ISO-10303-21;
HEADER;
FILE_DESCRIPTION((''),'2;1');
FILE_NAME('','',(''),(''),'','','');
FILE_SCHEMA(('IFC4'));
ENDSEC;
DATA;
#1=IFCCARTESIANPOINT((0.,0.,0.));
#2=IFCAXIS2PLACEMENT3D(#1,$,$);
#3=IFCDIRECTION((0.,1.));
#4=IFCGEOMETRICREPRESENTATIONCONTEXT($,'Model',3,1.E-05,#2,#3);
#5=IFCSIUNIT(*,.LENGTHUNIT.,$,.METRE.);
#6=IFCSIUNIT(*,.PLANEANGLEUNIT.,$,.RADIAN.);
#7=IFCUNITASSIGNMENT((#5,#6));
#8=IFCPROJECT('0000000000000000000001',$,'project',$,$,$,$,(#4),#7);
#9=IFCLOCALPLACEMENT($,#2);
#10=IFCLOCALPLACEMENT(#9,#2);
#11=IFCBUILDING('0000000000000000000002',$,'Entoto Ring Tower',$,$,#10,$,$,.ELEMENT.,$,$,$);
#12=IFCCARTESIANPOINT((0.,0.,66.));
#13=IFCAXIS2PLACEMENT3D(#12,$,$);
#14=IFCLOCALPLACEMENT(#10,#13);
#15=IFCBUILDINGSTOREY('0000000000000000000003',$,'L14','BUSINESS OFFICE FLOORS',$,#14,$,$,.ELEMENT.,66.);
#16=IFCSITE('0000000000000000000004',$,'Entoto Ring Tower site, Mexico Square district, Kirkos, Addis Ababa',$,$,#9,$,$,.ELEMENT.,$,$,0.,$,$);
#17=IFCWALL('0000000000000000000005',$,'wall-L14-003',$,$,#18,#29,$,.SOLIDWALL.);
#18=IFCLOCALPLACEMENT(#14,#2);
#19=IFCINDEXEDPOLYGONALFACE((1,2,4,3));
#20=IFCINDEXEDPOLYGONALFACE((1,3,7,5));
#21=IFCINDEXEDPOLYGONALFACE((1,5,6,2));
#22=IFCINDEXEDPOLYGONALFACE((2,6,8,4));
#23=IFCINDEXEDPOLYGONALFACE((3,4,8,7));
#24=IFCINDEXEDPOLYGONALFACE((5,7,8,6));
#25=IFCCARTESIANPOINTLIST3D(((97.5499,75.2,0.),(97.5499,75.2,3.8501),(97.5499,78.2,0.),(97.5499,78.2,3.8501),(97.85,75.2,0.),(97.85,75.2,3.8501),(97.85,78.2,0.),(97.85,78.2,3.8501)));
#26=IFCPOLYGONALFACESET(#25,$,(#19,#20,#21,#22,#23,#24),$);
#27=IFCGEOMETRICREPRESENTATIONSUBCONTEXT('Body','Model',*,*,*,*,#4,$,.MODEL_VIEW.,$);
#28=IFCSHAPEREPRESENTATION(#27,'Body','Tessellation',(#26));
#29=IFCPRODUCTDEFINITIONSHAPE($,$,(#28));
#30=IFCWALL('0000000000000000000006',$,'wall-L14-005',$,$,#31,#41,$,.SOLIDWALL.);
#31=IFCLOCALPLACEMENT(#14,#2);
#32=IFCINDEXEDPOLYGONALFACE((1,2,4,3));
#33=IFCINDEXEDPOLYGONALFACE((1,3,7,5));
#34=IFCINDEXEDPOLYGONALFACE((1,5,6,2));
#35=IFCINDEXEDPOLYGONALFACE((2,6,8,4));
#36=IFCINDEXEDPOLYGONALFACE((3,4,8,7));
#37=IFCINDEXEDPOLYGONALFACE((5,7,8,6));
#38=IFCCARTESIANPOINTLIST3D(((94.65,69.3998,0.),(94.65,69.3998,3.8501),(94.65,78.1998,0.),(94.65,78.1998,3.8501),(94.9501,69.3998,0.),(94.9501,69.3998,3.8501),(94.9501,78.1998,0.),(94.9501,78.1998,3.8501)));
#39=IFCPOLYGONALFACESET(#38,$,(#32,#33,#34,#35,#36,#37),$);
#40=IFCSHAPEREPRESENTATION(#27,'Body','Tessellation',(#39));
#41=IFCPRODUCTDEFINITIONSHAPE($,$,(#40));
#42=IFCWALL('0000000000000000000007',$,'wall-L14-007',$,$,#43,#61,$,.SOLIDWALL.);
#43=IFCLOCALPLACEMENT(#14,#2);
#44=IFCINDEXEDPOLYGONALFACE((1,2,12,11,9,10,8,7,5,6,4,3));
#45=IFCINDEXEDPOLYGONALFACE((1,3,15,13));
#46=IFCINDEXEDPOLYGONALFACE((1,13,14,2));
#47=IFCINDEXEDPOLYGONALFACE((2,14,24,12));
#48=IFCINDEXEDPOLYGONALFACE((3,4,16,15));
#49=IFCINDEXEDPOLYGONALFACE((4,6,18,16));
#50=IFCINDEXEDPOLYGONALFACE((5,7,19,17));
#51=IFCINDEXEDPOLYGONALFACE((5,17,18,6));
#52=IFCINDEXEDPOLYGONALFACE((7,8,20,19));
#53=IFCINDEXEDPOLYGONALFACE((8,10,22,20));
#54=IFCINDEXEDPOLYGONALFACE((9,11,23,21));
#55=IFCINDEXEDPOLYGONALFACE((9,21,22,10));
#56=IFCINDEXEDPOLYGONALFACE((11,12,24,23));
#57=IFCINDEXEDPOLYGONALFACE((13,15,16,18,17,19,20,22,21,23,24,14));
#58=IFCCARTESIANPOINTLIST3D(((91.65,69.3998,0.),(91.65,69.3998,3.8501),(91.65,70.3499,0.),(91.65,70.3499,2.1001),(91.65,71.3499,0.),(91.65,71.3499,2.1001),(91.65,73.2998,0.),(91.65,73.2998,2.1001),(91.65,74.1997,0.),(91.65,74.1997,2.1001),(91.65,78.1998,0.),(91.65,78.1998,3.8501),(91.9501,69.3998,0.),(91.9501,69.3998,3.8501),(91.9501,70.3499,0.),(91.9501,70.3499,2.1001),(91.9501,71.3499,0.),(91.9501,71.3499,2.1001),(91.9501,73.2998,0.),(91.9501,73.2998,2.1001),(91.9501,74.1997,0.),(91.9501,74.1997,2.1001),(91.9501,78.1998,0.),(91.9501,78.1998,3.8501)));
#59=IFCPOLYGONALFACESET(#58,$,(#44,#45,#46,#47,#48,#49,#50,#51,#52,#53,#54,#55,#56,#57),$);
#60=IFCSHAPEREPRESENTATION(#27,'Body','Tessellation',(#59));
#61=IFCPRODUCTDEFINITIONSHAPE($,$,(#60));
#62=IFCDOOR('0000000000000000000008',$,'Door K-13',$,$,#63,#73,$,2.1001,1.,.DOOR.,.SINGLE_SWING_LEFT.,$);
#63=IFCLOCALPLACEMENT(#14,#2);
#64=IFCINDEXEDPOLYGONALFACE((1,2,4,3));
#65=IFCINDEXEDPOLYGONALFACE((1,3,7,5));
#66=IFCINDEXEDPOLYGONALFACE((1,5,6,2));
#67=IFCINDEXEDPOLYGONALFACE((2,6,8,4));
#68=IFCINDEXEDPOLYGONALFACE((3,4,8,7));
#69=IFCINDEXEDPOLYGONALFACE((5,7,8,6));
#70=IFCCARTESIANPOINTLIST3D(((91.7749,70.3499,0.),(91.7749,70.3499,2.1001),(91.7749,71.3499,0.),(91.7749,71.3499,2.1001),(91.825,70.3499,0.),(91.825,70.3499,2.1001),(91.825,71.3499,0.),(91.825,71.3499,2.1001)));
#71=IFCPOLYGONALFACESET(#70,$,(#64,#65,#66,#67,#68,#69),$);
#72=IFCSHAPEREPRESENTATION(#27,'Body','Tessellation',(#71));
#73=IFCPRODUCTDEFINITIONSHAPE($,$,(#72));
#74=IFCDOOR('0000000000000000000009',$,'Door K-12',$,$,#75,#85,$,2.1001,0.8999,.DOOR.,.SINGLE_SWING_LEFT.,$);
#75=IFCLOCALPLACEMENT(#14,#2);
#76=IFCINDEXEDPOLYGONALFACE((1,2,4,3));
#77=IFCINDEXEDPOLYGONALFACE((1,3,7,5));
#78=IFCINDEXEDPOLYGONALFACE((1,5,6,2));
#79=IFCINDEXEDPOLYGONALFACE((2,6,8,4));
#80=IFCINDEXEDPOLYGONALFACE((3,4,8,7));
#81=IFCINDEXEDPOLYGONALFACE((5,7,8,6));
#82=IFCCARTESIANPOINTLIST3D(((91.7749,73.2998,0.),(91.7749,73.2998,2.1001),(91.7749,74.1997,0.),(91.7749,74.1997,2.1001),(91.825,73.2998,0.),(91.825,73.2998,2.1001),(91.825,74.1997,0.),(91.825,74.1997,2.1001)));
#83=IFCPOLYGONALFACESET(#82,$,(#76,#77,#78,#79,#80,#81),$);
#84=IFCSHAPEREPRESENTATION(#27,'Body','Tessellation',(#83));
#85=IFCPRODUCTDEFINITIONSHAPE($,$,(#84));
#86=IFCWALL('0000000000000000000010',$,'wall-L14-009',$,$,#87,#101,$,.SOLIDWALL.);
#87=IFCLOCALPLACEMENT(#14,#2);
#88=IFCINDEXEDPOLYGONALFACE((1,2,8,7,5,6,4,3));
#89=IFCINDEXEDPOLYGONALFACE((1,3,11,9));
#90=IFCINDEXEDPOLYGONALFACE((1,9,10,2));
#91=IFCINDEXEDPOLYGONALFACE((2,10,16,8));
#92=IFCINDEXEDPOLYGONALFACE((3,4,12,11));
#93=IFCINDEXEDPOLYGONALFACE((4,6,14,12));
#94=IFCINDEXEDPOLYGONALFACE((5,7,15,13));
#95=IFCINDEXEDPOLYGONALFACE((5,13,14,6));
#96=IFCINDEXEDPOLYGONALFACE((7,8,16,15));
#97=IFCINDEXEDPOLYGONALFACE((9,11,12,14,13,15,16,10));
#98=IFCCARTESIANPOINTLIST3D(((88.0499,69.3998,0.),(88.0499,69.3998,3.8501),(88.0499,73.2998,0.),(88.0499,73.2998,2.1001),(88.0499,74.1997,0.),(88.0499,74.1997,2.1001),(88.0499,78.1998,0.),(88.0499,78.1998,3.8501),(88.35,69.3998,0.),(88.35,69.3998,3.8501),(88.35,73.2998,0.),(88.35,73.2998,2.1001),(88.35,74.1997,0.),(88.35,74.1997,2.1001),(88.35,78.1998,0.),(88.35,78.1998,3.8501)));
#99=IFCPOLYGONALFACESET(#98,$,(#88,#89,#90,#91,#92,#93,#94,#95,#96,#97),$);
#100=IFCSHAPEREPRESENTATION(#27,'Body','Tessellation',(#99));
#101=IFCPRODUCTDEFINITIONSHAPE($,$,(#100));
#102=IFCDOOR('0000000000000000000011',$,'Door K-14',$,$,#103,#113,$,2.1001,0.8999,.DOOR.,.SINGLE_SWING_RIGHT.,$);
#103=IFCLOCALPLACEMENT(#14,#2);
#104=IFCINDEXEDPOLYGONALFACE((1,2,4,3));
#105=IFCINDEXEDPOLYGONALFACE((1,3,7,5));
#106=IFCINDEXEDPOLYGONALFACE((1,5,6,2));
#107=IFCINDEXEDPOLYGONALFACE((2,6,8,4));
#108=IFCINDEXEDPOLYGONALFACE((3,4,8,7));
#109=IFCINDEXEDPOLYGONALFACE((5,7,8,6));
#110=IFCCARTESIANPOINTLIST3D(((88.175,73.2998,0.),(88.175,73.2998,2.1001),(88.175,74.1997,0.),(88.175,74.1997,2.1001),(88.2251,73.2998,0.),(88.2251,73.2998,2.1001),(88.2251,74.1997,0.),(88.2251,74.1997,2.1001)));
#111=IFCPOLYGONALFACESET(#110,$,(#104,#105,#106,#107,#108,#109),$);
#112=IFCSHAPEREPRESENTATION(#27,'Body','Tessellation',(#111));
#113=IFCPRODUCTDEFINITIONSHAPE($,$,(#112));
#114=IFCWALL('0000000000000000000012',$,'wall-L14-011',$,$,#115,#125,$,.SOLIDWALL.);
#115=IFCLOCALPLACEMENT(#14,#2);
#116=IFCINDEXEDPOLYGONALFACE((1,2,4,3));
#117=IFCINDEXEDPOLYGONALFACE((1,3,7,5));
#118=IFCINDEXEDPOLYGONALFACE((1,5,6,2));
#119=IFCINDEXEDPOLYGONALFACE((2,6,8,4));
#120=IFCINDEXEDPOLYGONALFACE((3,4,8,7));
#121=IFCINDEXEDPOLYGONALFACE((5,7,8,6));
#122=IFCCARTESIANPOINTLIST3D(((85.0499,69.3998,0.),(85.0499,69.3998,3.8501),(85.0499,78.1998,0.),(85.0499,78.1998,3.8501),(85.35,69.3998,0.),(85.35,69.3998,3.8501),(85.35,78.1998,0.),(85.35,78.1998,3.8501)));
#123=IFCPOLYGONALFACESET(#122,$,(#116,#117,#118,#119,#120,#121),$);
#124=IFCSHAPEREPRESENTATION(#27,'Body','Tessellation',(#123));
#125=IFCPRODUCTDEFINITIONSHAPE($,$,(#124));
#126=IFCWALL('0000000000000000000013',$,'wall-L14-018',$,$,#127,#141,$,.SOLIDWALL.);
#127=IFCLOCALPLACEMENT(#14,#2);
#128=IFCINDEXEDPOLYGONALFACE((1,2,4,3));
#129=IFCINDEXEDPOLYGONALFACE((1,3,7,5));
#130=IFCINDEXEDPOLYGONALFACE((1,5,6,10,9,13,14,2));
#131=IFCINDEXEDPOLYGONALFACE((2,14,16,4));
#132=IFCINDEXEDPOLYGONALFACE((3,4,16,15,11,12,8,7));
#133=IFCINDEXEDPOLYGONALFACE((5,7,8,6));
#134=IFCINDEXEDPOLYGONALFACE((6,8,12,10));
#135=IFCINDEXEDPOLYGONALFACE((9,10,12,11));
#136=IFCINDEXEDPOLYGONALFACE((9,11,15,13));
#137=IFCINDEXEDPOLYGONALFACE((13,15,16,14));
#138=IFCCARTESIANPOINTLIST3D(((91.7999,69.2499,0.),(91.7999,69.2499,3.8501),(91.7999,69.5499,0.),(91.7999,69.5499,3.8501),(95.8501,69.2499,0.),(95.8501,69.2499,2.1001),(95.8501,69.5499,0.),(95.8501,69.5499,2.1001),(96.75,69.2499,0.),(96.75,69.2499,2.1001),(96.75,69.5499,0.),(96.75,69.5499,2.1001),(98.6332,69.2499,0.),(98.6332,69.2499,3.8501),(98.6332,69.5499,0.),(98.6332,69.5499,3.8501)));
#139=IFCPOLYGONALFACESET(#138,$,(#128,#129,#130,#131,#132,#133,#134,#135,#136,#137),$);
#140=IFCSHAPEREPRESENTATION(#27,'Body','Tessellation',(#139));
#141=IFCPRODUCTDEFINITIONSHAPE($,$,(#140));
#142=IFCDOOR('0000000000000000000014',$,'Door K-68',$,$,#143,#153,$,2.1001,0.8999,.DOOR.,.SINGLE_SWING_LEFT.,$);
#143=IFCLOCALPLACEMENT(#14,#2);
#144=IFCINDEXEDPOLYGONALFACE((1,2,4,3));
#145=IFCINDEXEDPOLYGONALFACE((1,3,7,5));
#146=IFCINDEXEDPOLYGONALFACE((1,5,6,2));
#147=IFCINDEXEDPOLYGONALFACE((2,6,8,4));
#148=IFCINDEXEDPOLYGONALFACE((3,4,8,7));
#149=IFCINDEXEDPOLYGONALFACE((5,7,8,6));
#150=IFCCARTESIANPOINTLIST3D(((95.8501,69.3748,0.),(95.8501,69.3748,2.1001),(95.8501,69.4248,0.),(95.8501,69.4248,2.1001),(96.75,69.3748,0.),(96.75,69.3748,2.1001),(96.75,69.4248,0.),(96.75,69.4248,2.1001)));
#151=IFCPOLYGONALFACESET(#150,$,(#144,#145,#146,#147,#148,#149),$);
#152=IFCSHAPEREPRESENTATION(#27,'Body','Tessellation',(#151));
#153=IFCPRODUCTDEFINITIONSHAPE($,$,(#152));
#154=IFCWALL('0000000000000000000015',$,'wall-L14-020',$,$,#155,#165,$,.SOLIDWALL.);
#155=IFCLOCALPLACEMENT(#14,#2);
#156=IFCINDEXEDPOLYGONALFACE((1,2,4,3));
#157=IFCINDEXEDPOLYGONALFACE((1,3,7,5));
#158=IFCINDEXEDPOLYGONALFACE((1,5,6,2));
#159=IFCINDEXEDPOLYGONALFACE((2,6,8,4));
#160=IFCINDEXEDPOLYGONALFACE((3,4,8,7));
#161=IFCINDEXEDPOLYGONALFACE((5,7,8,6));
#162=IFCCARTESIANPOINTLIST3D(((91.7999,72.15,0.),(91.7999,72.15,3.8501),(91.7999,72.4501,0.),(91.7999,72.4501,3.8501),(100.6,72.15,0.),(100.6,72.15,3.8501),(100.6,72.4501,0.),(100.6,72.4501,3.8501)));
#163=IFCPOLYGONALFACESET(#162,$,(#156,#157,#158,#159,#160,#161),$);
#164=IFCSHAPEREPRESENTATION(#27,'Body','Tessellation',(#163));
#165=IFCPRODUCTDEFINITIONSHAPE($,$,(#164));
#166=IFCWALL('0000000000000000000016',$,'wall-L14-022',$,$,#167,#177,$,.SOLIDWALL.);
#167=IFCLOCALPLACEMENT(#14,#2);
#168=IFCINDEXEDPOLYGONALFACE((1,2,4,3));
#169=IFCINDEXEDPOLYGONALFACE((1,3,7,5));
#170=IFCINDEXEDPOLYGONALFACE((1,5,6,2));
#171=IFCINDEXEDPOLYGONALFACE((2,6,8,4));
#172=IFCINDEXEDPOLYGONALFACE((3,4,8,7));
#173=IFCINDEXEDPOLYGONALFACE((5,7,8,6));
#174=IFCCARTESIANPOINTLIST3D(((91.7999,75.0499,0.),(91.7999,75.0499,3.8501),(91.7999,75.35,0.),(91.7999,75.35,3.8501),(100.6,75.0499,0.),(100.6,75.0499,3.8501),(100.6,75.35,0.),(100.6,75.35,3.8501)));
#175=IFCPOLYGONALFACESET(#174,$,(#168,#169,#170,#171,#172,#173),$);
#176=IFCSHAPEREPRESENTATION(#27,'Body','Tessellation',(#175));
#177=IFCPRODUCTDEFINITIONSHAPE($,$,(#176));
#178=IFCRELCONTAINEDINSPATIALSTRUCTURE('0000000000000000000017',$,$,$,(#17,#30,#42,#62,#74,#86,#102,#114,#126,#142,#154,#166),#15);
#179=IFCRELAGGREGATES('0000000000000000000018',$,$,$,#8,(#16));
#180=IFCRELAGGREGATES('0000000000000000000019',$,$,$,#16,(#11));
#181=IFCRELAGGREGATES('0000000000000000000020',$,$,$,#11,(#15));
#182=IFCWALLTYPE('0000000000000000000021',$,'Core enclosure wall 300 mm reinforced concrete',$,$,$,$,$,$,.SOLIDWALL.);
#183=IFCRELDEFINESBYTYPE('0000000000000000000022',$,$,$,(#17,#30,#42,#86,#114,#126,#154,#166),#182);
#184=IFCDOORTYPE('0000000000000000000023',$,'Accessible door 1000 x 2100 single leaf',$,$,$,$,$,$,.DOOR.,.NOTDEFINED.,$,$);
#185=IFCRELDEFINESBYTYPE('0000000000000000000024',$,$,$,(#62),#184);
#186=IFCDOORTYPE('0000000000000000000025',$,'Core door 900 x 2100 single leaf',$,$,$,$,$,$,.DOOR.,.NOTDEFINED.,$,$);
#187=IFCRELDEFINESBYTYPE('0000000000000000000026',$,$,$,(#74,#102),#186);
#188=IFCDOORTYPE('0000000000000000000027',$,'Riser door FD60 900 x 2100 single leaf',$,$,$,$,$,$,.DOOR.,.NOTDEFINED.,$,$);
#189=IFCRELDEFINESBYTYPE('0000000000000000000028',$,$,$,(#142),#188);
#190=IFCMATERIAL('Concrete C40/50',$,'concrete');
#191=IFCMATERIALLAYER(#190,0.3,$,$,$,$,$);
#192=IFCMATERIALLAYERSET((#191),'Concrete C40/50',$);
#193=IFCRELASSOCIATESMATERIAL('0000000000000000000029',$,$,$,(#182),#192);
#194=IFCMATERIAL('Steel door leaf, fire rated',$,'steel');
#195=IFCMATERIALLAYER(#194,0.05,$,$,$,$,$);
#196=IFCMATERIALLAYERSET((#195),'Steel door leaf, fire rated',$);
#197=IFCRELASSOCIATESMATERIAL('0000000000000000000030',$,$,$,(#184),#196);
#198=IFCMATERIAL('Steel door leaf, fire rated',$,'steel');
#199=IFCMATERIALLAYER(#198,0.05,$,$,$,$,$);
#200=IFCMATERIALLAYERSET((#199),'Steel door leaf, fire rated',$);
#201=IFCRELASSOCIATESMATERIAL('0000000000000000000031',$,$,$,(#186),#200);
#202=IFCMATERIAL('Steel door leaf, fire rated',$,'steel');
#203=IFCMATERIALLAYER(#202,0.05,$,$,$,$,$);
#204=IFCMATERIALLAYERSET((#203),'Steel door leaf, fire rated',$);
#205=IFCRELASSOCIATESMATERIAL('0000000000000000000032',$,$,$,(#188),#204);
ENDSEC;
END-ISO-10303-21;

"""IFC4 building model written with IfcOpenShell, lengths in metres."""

from ifc_helpers import new_model, si_unit, direction, frame, frame_2d, origin, place, context, subcontext, project, spatial, rectangle, extrude, material, layer, layer_set, type_object, element, fill, save


model = new_model("IFC4")

# Units and contexts
model_context = context("Model", 3, precision=1e-05, world=origin(), true_north=direction((0.0, 1.0)))
body_context = subcontext(model_context, "Body", "Model", "MODEL_VIEW")
ifc_project = project(units=[si_unit("LENGTHUNIT", "METRE"), si_unit("PLANEANGLEUNIT", "RADIAN")], contexts=[model_context])

# Site, building, storey
site_placement = place(None, origin())
site = spatial("IfcSite", under=ifc_project, at=site_placement, Name="Entoto Ring Tower site, Mexico Square district, Kirkos, Addis Ababa", CompositionType="ELEMENT", RefElevation=0.0)
building_placement = place(site_placement, origin())
building = spatial("IfcBuilding", under=site, at=building_placement, Name="Entoto Ring Tower", CompositionType="ELEMENT")
storey_placement = place(building_placement, frame((0.0, 0.0, 66.0)))
storey = spatial("IfcBuildingStorey", under=building, at=storey_placement, Name="L14", Description="BUSINESS OFFICE FLOORS", CompositionType="ELEMENT", Elevation=66.0)

# Walls
ifc_material_1 = material(Name="Concrete C40/50", Category="concrete")
ifc_layer_1 = layer(ifc_material_1, 0.3)
ifc_layer_set_1 = layer_set([ifc_layer_1], Name="Concrete C40/50")
wall_type_1 = type_object("IfcWallType", Name="Core enclosure wall 300 mm reinforced concrete", PredefinedType="SOLIDWALL", material=ifc_layer_set_1)
wall_1_placement = place(storey_placement, frame((97.7, 75.2, 0.0), z_axis=(0.0, 0.0, 1.0), x_axis=(0.0, 1.0, 0.0)))
element("IfcWall", 1, at=wall_1_placement, inside=storey, type_object=wall_type_1, Name="wall-L14-003", PredefinedType="SOLIDWALL", context=body_context, shape_type="SweptSolid", body=[
    extrude(rectangle(XDim=3.0, YDim=0.3, at=frame_2d((1.5, 0.0))), origin(), (0.0, 0.0, 1.0), 3.8501),
])
wall_2_placement = place(storey_placement, frame((94.8, 69.3999, 0.0), z_axis=(0.0, 0.0, 1.0), x_axis=(0.0, 1.0, 0.0)))
element("IfcWall", 2, at=wall_2_placement, inside=storey, type_object=wall_type_1, Name="wall-L14-005", PredefinedType="SOLIDWALL", context=body_context, shape_type="SweptSolid", body=[
    extrude(rectangle(XDim=8.8, YDim=0.3, at=frame_2d((4.3999, 0.0))), origin(), (0.0, 0.0, 1.0), 3.8501),
])

# Wall, openings, doors
wall_3_placement = place(storey_placement, frame((91.8, 69.3999, 0.0), z_axis=(0.0, 0.0, 1.0), x_axis=(0.0, 1.0, 0.0)))
wall_3 = element("IfcWall", 3, at=wall_3_placement, inside=storey, type_object=wall_type_1, Name="wall-L14-007", PredefinedType="SOLIDWALL", context=body_context, shape_type="SweptSolid", body=[
    extrude(rectangle(XDim=8.8, YDim=0.3, at=frame_2d((4.3999, 0.0))), origin(), (0.0, 0.0, 1.0), 3.8501),
])
opening_1_placement = place(wall_3_placement, frame((3.8999, 0.0, 0.0)))
opening_1 = element("IfcOpeningElement", 4, at=opening_1_placement, cuts=wall_3, PredefinedType="OPENING", context=body_context, shape_type="SweptSolid", body=[
    extrude(rectangle(XDim=0.8999, YDim=2.1001, at=frame_2d((0.45, 1.05))), frame((0.0, 0.1602, 0.0), z_axis=(0.0, -1.0, 0.0), x_axis=(1.0, 0.0, 0.0)), (0.0, 0.0, 1.0), 0.3201),
])
opening_2_placement = place(wall_3_placement, frame((0.95, 0.0, 0.0)))
opening_2 = element("IfcOpeningElement", 5, at=opening_2_placement, cuts=wall_3, PredefinedType="OPENING", context=body_context, shape_type="SweptSolid", body=[
    extrude(rectangle(XDim=1.0, YDim=2.1001, at=frame_2d((0.5, 1.05))), frame((0.0, 0.1602, 0.0), z_axis=(0.0, -1.0, 0.0), x_axis=(1.0, 0.0, 0.0)), (0.0, 0.0, 1.0), 0.3201),
])
ifc_material_2 = material(Name="Steel door leaf, fire rated", Category="steel")
ifc_layer_2 = layer(ifc_material_2, 0.05)
ifc_layer_set_2 = layer_set([ifc_layer_2], Name="Steel door leaf, fire rated")
door_type_1 = type_object("IfcDoorType", Name="Accessible door 1000 x 2100 single leaf", OperationType="NOTDEFINED", PredefinedType="DOOR", material=ifc_layer_set_2)
door_1_placement = place(opening_2_placement, frame((1.0, 0.0, 0.0), z_axis=(0.0, 0.0, 1.0), x_axis=(-1.0, 0.0, 0.0)))
door_1 = element("IfcDoor", 6, at=door_1_placement, inside=storey, type_object=door_type_1, Name="Door K-13", OperationType="SINGLE_SWING_LEFT", OverallHeight=2.1001, OverallWidth=1.0, PredefinedType="DOOR", context=body_context, shape_type="SweptSolid", body=[
    extrude(rectangle(XDim=1.0, YDim=2.1001, at=frame_2d((0.5, 1.05))), frame((0.0, 0.0249, 0.0), z_axis=(0.0, -1.0, 0.0), x_axis=(1.0, 0.0, 0.0)), (0.0, 0.0, 1.0), 0.05),
])
fill(opening_2, door_1)
ifc_material_3 = material(Name="Steel door leaf, fire rated", Category="steel")
ifc_layer_3 = layer(ifc_material_3, 0.05)
ifc_layer_set_3 = layer_set([ifc_layer_3], Name="Steel door leaf, fire rated")
door_type_2 = type_object("IfcDoorType", Name="Core door 900 x 2100 single leaf", OperationType="NOTDEFINED", PredefinedType="DOOR", material=ifc_layer_set_3)
door_2_placement = place(opening_1_placement, frame((0.8999, 0.0, 0.0), z_axis=(0.0, 0.0, 1.0), x_axis=(-1.0, 0.0, 0.0)))
door_2 = element("IfcDoor", 7, at=door_2_placement, inside=storey, type_object=door_type_2, Name="Door K-12", OperationType="SINGLE_SWING_LEFT", OverallHeight=2.1001, OverallWidth=0.8999, PredefinedType="DOOR", context=body_context, shape_type="SweptSolid", body=[
    extrude(rectangle(XDim=0.8999, YDim=2.1001, at=frame_2d((0.45, 1.05))), frame((0.0, 0.0249, 0.0), z_axis=(0.0, -1.0, 0.0), x_axis=(1.0, 0.0, 0.0)), (0.0, 0.0, 1.0), 0.05),
])
fill(opening_1, door_2)

# Wall, opening, door
wall_4_placement = place(storey_placement, frame((88.2, 69.3999, 0.0), z_axis=(0.0, 0.0, 1.0), x_axis=(0.0, 1.0, 0.0)))
wall_4 = element("IfcWall", 8, at=wall_4_placement, inside=storey, type_object=wall_type_1, Name="wall-L14-009", PredefinedType="SOLIDWALL", context=body_context, shape_type="SweptSolid", body=[
    extrude(rectangle(XDim=8.8, YDim=0.3, at=frame_2d((4.3999, 0.0))), origin(), (0.0, 0.0, 1.0), 3.8501),
])
opening_3_placement = place(wall_4_placement, frame((3.8999, 0.0, 0.0)))
opening_3 = element("IfcOpeningElement", 9, at=opening_3_placement, cuts=wall_4, PredefinedType="OPENING", context=body_context, shape_type="SweptSolid", body=[
    extrude(rectangle(XDim=0.8999, YDim=2.1001, at=frame_2d((0.45, 1.05))), frame((0.0, 0.1602, 0.0), z_axis=(0.0, -1.0, 0.0), x_axis=(1.0, 0.0, 0.0)), (0.0, 0.0, 1.0), 0.3201),
])
door_3_placement = place(opening_3_placement, origin())
door_3 = element("IfcDoor", 10, at=door_3_placement, inside=storey, type_object=door_type_2, Name="Door K-14", OperationType="SINGLE_SWING_RIGHT", OverallHeight=2.1001, OverallWidth=0.8999, PredefinedType="DOOR", context=body_context, shape_type="SweptSolid", body=[
    extrude(rectangle(XDim=0.8999, YDim=2.1001, at=frame_2d((0.45, 1.05))), frame((0.0, 0.0249, 0.0), z_axis=(0.0, -1.0, 0.0), x_axis=(1.0, 0.0, 0.0)), (0.0, 0.0, 1.0), 0.05),
])
fill(opening_3, door_3)

# Wall
wall_5_placement = place(storey_placement, frame((85.2, 69.3999, 0.0), z_axis=(0.0, 0.0, 1.0), x_axis=(0.0, 1.0, 0.0)))
element("IfcWall", 11, at=wall_5_placement, inside=storey, type_object=wall_type_1, Name="wall-L14-011", PredefinedType="SOLIDWALL", context=body_context, shape_type="SweptSolid", body=[
    extrude(rectangle(XDim=8.8, YDim=0.3, at=frame_2d((4.3999, 0.0))), origin(), (0.0, 0.0, 1.0), 3.8501),
])

# Wall, opening, door
wall_6_placement = place(storey_placement, frame((91.8, 69.3999, 0.0), z_axis=(0.0, 0.0, 1.0), x_axis=(1.0, 0.0, 0.0)))
wall_6 = element("IfcWall", 12, at=wall_6_placement, inside=storey, type_object=wall_type_1, Name="wall-L14-018", PredefinedType="SOLIDWALL", context=body_context, shape_type="SweptSolid", body=[
    extrude(rectangle(XDim=6.8333, YDim=0.3, at=frame_2d((3.4165, 0.0))), origin(), (0.0, 0.0, 1.0), 3.8501),
])
opening_4_placement = place(wall_6_placement, frame((4.05, 0.0, 0.0)))
opening_4 = element("IfcOpeningElement", 13, at=opening_4_placement, cuts=wall_6, PredefinedType="OPENING", context=body_context, shape_type="SweptSolid", body=[
    extrude(rectangle(XDim=0.8999, YDim=2.1001, at=frame_2d((0.45, 1.05))), frame((0.0, 0.1602, 0.0), z_axis=(0.0, -1.0, 0.0), x_axis=(1.0, 0.0, 0.0)), (0.0, 0.0, 1.0), 0.3201),
])
ifc_material_4 = material(Name="Steel door leaf, fire rated", Category="steel")
ifc_layer_4 = layer(ifc_material_4, 0.05)
ifc_layer_set_4 = layer_set([ifc_layer_4], Name="Steel door leaf, fire rated")
door_type_3 = type_object("IfcDoorType", Name="Riser door FD60 900 x 2100 single leaf", OperationType="NOTDEFINED", PredefinedType="DOOR", material=ifc_layer_set_4)
door_4_placement = place(opening_4_placement, origin())
door_4 = element("IfcDoor", 14, at=door_4_placement, inside=storey, type_object=door_type_3, Name="Door K-68", OperationType="SINGLE_SWING_LEFT", OverallHeight=2.1001, OverallWidth=0.8999, PredefinedType="DOOR", context=body_context, shape_type="SweptSolid", body=[
    extrude(rectangle(XDim=0.8999, YDim=2.1001, at=frame_2d((0.45, 1.05))), frame((0.0, 0.0249, 0.0), z_axis=(0.0, -1.0, 0.0), x_axis=(1.0, 0.0, 0.0)), (0.0, 0.0, 1.0), 0.05),
])
fill(opening_4, door_4)

# Walls
for number, where, z_axis, x_axis, name in (
    (15, (91.8, 72.3, 0.0), (0.0, 0.0, 1.0), (1.0, 0.0, 0.0), "wall-L14-020"),
    (16, (91.8, 75.2, 0.0), (0.0, 0.0, 1.0), (1.0, 0.0, 0.0), "wall-L14-022"),
):
    element("IfcWall", number, at=place(storey_placement, frame(where, z_axis=z_axis, x_axis=x_axis)), inside=storey, type_object=wall_type_1, Name=name, PredefinedType="SOLIDWALL", context=body_context, shape_type="SweptSolid", body=[
        extrude(rectangle(XDim=8.8, YDim=0.3, at=frame_2d((4.3999, 0.0))), origin(), (0.0, 0.0, 1.0), 3.8501),
    ])

save(model, "model.ifc")
